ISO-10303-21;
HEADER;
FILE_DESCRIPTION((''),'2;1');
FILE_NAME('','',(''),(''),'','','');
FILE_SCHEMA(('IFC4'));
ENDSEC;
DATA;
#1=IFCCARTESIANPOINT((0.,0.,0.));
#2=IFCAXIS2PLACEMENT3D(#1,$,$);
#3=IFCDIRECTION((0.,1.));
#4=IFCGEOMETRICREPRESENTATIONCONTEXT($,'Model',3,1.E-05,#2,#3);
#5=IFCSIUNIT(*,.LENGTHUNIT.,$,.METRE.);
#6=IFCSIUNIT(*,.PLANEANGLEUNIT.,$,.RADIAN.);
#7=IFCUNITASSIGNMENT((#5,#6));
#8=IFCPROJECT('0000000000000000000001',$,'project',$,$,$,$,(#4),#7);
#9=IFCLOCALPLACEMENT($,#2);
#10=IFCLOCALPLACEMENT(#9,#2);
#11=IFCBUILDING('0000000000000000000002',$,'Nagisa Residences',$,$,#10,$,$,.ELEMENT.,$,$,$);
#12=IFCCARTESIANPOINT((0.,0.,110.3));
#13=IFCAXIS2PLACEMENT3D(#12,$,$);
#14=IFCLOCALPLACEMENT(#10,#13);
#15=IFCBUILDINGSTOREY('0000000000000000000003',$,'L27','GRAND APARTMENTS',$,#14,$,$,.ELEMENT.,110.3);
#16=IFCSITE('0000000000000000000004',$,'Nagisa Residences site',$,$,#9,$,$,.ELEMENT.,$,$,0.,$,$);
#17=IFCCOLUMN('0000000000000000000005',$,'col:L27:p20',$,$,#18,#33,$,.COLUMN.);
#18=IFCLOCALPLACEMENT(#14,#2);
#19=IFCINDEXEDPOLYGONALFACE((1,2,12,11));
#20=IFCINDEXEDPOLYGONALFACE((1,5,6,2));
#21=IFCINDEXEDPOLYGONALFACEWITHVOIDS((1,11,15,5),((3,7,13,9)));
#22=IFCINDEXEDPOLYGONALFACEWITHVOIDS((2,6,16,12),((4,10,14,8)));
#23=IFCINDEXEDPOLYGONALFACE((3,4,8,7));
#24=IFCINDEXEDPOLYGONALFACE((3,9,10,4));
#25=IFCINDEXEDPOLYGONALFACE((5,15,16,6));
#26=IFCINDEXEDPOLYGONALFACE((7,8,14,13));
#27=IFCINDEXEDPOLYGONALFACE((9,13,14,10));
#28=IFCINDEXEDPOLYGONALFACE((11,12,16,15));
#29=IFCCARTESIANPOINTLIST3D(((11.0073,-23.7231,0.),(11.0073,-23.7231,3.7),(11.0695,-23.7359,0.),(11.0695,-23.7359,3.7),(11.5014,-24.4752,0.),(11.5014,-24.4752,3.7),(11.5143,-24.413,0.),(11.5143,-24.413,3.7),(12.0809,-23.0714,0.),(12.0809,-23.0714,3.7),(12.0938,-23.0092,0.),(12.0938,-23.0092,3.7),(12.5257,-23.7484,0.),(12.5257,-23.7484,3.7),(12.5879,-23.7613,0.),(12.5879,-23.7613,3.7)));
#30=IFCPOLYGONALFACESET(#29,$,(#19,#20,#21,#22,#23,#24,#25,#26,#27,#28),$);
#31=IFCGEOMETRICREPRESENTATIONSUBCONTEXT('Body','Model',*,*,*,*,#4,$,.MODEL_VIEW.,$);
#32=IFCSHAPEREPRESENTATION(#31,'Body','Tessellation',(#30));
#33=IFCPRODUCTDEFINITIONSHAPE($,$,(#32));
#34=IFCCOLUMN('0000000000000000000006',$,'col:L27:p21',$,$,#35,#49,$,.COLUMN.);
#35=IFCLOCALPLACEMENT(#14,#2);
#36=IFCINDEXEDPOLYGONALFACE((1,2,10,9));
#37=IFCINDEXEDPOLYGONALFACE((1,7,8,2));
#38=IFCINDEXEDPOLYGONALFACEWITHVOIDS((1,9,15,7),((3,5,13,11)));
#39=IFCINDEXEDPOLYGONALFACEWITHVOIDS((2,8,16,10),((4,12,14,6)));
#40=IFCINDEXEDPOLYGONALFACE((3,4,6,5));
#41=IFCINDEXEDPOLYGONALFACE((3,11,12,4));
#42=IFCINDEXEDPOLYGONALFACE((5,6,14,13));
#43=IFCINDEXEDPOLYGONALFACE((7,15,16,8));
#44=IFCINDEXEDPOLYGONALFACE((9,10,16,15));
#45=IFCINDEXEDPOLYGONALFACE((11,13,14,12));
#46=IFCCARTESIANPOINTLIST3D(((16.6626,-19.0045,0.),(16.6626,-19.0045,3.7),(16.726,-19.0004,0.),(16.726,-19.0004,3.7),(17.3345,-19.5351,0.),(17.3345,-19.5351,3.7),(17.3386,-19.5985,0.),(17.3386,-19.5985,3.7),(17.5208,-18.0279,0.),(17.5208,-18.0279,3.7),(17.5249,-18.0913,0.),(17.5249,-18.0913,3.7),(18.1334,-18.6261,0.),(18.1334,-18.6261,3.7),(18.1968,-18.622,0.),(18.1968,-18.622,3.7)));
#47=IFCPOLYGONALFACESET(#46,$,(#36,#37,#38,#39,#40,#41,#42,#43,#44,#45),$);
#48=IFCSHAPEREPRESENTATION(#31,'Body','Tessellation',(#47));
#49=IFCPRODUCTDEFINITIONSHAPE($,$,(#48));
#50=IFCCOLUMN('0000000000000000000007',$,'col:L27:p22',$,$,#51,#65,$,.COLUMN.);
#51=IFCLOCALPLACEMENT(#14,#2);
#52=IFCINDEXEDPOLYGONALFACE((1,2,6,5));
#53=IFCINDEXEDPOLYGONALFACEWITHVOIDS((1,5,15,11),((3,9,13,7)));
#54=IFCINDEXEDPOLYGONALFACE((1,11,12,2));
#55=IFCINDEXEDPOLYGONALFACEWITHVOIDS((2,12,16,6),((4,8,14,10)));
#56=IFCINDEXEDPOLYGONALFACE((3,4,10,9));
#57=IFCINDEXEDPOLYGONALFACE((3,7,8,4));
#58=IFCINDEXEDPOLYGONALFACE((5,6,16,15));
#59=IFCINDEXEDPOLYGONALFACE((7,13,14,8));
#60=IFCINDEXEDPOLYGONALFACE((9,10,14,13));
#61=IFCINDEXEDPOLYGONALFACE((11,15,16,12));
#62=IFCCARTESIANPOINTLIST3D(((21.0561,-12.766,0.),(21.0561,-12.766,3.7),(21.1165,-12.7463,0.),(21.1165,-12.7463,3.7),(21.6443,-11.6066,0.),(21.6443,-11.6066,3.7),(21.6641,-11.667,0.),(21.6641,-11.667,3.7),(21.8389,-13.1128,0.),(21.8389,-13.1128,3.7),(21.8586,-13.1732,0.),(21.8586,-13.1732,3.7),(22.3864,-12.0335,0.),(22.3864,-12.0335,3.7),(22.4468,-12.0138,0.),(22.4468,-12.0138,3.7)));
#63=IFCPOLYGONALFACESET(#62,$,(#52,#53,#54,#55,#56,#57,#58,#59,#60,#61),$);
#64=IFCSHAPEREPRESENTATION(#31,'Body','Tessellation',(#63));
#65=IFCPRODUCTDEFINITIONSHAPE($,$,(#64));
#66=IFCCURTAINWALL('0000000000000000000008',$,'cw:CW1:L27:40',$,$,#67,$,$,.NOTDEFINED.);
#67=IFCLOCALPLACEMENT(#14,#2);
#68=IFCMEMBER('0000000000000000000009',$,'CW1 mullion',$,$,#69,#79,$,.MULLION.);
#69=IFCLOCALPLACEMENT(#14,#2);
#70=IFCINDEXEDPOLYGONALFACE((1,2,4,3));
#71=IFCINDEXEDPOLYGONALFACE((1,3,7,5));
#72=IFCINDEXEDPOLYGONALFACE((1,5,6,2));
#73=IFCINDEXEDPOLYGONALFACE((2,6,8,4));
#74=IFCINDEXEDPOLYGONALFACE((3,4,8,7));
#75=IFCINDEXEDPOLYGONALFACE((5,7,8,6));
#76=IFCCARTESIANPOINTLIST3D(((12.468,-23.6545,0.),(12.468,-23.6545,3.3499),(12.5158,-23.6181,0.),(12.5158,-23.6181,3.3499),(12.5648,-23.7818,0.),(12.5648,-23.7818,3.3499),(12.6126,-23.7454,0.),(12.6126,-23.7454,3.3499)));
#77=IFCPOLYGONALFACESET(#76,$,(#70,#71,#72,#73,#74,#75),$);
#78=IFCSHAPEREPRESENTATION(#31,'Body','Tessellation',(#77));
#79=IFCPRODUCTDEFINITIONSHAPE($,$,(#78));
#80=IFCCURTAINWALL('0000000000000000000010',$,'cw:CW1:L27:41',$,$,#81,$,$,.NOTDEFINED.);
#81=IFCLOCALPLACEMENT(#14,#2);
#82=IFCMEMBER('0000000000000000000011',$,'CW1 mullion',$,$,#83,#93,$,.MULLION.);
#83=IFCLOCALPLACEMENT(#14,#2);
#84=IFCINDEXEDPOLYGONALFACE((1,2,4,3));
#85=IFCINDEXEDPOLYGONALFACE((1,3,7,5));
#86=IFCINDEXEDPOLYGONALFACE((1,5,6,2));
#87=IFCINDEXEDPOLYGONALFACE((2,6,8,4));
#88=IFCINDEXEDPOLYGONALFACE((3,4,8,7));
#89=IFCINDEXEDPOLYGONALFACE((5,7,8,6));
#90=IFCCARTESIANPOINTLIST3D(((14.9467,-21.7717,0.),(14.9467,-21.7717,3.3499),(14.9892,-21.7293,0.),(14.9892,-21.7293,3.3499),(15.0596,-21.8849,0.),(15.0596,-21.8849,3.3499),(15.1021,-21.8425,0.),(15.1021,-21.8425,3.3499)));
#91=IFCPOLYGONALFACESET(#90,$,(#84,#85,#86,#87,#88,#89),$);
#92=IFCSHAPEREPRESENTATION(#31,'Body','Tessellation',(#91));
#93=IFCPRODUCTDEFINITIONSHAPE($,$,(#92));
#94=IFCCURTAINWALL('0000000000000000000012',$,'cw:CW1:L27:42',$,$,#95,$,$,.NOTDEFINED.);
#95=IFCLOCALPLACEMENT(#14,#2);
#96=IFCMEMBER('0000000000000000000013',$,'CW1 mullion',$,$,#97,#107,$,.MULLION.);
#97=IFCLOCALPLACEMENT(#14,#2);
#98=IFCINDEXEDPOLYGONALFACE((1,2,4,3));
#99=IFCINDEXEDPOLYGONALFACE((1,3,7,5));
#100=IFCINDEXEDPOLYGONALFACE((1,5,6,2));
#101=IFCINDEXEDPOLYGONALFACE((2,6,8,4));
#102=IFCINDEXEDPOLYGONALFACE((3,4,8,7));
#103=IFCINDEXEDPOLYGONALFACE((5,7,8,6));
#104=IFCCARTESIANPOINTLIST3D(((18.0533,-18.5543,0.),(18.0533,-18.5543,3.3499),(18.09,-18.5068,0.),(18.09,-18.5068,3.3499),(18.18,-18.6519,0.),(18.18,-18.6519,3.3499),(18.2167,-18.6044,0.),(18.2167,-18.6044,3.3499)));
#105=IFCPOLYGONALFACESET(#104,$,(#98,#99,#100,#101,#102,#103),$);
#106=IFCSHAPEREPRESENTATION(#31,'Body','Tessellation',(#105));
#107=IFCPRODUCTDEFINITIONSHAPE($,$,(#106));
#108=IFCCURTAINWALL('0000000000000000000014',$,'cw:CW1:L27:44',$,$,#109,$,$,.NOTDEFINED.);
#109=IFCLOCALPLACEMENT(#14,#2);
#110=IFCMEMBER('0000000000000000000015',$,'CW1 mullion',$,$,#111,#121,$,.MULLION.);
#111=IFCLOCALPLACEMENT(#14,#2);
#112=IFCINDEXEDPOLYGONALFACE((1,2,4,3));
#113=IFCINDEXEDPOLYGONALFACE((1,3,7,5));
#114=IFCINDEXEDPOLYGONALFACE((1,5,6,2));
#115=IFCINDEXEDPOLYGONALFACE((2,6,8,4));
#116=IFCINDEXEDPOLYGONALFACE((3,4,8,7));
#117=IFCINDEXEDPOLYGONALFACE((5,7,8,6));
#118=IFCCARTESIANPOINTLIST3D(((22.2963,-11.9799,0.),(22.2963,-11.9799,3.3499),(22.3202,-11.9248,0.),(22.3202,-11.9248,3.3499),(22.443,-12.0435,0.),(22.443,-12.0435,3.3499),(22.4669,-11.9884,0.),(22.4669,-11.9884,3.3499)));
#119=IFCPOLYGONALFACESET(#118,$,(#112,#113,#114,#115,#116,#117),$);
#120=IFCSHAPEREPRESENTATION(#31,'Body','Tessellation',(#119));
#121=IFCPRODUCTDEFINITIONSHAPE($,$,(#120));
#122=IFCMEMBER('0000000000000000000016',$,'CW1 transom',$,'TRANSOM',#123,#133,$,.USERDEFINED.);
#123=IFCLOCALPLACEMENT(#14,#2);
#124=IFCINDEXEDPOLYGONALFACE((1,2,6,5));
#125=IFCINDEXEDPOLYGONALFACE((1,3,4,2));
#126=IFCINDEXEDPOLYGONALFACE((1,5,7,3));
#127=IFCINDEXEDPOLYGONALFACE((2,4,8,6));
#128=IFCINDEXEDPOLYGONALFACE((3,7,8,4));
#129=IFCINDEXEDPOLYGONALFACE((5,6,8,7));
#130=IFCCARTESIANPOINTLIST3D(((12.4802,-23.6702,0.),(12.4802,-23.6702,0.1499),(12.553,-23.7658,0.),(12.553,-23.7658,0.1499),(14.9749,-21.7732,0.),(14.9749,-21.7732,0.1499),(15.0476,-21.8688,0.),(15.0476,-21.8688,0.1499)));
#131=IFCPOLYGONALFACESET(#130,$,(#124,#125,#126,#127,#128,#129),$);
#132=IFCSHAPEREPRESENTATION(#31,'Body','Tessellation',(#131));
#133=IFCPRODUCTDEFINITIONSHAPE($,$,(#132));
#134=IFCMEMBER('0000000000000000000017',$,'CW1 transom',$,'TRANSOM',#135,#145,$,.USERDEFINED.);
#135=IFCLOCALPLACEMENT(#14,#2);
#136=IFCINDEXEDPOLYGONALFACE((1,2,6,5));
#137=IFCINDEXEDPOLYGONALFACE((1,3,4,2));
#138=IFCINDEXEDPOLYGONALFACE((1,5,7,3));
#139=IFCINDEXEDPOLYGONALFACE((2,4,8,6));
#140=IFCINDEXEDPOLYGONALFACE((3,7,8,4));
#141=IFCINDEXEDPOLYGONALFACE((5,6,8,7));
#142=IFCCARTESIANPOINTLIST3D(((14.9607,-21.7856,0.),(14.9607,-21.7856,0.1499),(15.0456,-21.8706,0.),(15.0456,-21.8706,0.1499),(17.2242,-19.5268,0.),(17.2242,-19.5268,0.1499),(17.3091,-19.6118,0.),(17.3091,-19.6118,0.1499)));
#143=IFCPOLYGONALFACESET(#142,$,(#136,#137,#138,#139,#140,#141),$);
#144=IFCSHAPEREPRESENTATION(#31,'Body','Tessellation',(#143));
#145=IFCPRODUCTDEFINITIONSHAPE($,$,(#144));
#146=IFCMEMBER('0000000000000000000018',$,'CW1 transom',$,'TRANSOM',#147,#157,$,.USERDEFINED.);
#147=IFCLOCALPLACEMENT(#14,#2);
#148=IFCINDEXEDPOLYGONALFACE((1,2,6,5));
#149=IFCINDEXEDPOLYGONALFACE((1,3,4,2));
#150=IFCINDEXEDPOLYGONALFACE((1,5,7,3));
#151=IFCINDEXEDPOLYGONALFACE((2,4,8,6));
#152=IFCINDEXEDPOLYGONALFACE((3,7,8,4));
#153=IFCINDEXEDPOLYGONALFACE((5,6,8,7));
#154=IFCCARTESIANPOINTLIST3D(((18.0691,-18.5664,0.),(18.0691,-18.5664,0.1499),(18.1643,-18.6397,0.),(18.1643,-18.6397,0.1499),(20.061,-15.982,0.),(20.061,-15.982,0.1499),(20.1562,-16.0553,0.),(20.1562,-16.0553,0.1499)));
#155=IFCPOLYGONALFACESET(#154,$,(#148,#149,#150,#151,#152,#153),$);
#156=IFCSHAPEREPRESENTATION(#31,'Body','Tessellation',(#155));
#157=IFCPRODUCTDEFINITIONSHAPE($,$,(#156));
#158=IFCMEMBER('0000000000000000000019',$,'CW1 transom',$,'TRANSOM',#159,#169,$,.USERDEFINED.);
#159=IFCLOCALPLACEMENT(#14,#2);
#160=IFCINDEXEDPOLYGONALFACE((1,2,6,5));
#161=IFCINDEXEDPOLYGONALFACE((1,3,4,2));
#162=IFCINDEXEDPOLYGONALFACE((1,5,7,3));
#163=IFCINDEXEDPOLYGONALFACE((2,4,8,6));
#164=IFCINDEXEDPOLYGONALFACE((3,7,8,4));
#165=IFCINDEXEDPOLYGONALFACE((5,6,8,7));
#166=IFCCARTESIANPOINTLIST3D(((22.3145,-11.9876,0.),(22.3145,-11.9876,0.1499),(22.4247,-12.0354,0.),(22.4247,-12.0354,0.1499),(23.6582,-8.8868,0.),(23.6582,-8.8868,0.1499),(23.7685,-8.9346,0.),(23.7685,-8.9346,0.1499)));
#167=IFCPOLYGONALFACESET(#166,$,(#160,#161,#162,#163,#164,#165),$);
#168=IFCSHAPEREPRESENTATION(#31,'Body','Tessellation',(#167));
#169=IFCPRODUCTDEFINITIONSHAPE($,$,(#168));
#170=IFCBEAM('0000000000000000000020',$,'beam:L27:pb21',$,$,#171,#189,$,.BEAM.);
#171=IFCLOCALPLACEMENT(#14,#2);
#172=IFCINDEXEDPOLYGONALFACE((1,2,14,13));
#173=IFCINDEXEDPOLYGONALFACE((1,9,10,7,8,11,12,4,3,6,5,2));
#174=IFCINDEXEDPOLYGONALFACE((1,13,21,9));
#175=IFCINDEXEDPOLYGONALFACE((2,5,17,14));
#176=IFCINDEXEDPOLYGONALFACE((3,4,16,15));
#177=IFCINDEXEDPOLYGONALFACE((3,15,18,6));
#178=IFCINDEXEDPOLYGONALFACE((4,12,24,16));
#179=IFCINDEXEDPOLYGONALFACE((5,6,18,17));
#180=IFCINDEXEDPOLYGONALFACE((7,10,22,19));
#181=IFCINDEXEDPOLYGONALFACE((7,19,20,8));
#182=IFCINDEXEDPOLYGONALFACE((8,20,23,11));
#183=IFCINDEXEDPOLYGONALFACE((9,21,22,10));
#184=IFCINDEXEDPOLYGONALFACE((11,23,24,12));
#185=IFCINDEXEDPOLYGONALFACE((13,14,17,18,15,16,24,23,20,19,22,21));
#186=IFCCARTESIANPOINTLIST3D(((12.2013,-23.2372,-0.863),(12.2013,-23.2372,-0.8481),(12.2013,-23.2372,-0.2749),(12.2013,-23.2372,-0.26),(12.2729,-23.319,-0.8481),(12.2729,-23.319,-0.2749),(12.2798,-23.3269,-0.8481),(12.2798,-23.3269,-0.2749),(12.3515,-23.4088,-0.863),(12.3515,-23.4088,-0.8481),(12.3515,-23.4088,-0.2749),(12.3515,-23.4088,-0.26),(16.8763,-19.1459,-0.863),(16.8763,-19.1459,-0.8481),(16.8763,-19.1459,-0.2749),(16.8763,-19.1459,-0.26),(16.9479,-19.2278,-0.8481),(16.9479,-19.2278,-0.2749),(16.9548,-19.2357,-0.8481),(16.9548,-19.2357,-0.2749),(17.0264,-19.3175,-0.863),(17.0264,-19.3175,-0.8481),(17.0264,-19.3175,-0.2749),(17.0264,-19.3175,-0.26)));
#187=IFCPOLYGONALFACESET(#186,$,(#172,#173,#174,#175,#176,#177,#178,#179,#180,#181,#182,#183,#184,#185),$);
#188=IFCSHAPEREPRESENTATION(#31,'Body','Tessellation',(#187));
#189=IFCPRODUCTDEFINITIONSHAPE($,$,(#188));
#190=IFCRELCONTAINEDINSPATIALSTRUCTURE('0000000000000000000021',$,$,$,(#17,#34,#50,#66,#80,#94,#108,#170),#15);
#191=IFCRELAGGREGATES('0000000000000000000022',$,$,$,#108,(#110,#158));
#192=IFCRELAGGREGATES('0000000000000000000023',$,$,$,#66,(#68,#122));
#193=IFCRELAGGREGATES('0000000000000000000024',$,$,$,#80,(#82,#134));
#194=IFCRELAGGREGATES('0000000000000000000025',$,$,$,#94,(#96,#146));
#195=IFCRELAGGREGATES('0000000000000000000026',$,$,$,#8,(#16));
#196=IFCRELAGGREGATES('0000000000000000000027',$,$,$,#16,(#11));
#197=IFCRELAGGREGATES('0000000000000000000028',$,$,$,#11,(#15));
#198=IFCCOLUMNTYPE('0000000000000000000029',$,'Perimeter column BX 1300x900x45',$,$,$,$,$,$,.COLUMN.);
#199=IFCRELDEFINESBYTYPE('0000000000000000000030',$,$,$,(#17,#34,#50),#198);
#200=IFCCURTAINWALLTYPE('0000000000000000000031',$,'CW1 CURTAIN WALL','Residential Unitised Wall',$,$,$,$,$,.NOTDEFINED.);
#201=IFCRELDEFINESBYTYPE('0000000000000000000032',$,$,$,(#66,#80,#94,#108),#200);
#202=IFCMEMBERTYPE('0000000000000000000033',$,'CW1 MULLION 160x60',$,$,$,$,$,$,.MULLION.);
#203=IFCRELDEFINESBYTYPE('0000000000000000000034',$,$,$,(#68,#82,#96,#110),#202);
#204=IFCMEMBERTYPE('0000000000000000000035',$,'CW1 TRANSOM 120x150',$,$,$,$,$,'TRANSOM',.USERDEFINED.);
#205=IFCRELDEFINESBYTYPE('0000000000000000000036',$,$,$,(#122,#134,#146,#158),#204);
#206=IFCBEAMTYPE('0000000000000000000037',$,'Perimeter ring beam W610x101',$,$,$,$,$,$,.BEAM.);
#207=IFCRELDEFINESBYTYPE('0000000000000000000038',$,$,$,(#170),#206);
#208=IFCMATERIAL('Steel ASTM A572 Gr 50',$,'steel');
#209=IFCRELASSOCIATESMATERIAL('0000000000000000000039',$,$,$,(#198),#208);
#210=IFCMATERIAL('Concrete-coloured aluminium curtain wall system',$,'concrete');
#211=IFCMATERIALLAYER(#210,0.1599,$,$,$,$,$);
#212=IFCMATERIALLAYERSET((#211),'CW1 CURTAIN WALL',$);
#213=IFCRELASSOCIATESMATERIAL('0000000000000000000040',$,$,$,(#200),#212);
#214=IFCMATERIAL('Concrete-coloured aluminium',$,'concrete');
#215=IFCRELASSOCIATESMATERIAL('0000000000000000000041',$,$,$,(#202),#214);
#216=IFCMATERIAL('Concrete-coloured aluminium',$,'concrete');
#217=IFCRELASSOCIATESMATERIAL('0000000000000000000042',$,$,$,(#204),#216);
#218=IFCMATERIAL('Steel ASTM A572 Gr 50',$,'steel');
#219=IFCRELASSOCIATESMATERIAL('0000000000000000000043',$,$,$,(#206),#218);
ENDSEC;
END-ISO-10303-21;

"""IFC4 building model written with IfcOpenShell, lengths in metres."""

from ifc_helpers import new_model, si_unit, direction, frame, origin, origin_2d, place, context, subcontext, project, spatial, rectangle, hollow_rectangle, i_section, extrude, material, layer, layer_set, material_profile, profile_set, type_object, element, aggregate, save


model = new_model("IFC4")

# Units and contexts
model_context = context("Model", 3, precision=1e-05, world=origin(), true_north=direction((0.0, 1.0)))
body_context = subcontext(model_context, "Body", "Model", "MODEL_VIEW")
ifc_project = project(units=[si_unit("LENGTHUNIT", "METRE"), si_unit("PLANEANGLEUNIT", "RADIAN")], contexts=[model_context])

# Site, building, storey
site_placement = place(None, origin())
site = spatial("IfcSite", under=ifc_project, at=site_placement, Name="Nagisa Residences site", CompositionType="ELEMENT", RefElevation=0.0)
building_placement = place(site_placement, origin())
building = spatial("IfcBuilding", under=site, at=building_placement, Name="Nagisa Residences", CompositionType="ELEMENT")
storey_placement = place(building_placement, frame((0.0, 0.0, 110.3)))
storey = spatial("IfcBuildingStorey", under=building, at=storey_placement, Name="L27", Description="GRAND APARTMENTS", CompositionType="ELEMENT", Elevation=110.3)

# Columns
ifc_material_1 = material(Name="Steel ASTM A572 Gr 50", Category="steel")
ifc_material_profile_1 = material_profile(ifc_material_1, hollow_rectangle(XDim=1.3, YDim=0.8999, WallThickness=0.0449, at=origin_2d()), Name="BX 1300x900x45")
ifc_profile_set_1 = profile_set([ifc_material_profile_1], Name="Steel ASTM A572 Gr 50")
column_type = type_object("IfcColumnType", Name="Perimeter column BX 1300x900x45", PredefinedType="COLUMN", material=ifc_profile_set_1)
for number, where, z_axis, x_axis, name in (
    (1, (11.7976, -23.7422, 0.0), (0.0, 0.0, 1.0), (0.835766, 0.549086, 0.0), "col:L27:p20"),
    (2, (17.4297, -18.8132, 0.0), (0.0, 0.0, 1.0), (0.660115, 0.751165, 0.0), "col:L27:p21"),
    (3, (21.7515, -12.3899, 0.0), (0.0, 0.0, 1.0), (0.452463, 0.891783, 0.0), "col:L27:p22"),
):
    element("IfcColumn", number, at=place(storey_placement, frame(where, z_axis=z_axis, x_axis=x_axis)), inside=storey, type_object=column_type, Name=name, PredefinedType="COLUMN", context=body_context, shape_type="SweptSolid", body=[
        extrude(hollow_rectangle(XDim=1.3, YDim=0.8999, WallThickness=0.0449, at=origin_2d()), origin(), (0.0, 0.0, 1.0), 3.7),
    ])

# Curtain walls, members
ifc_material_2 = material(Name="Concrete-coloured aluminium curtain wall system", Category="concrete")
ifc_layer_1 = layer(ifc_material_2, 0.1599)
ifc_layer_set_1 = layer_set([ifc_layer_1], Name="CW1 CURTAIN WALL")
curtain_wall_type = type_object("IfcCurtainWallType", Name="CW1 CURTAIN WALL", Description="Residential Unitised Wall", PredefinedType="NOTDEFINED", material=ifc_layer_set_1)
curtain_wall_1_placement = place(storey_placement, origin())
curtain_wall_1 = element("IfcCurtainWall", 4, at=curtain_wall_1_placement, inside=storey, type_object=curtain_wall_type, Name="cw:CW1:L27:40", PredefinedType="NOTDEFINED")
ifc_material_3 = material(Name="Concrete-coloured aluminium", Category="concrete")
ifc_material_profile_2 = material_profile(ifc_material_3, rectangle(XDim=0.1599, YDim=0.0601, at=origin_2d()), Name="CW1 MULLION 160x60")
ifc_profile_set_2 = profile_set([ifc_material_profile_2], Name="Concrete-coloured aluminium")
member_type_1 = type_object("IfcMemberType", Name="CW1 MULLION 160x60", PredefinedType="MULLION", material=ifc_profile_set_2)
member_1_placement = place(storey_placement, frame((12.5403, -23.7, 0.0), z_axis=(0.0, 0.0, 1.0), x_axis=(-0.605255, 0.796031, 0.0)))
member_1 = element("IfcMember", 5, at=member_1_placement, type_object=member_type_1, Name="CW1 mullion", PredefinedType="MULLION", context=body_context, shape_type="SweptSolid", body=[
    extrude(rectangle(XDim=0.1599, YDim=0.0601, at=origin_2d()), origin(), (0.0, 0.0, 1.0), 3.3499),
])
curtain_wall_2_placement = place(storey_placement, origin())
curtain_wall_2 = element("IfcCurtainWall", 6, at=curtain_wall_2_placement, inside=storey, type_object=curtain_wall_type, Name="cw:CW1:L27:41", PredefinedType="NOTDEFINED")
member_2_placement = place(storey_placement, frame((15.0244, -21.8071, 0.0), z_axis=(0.0, 0.0, 1.0), x_axis=(-0.706377, 0.707836, 0.0)))
member_2 = element("IfcMember", 7, at=member_2_placement, type_object=member_type_1, Name="CW1 mullion", PredefinedType="MULLION", context=body_context, shape_type="SweptSolid", body=[
    extrude(rectangle(XDim=0.1599, YDim=0.0601, at=origin_2d()), origin(), (0.0, 0.0, 1.0), 3.3499),
])
curtain_wall_3_placement = place(storey_placement, origin())
curtain_wall_3 = element("IfcCurtainWall", 8, at=curtain_wall_3_placement, inside=storey, type_object=curtain_wall_type, Name="cw:CW1:L27:42", PredefinedType="NOTDEFINED")
member_3_placement = place(storey_placement, frame((18.135, -18.5793, 0.0), z_axis=(0.0, 0.0, 1.0), x_axis=(-0.79207, 0.61043, 0.0)))
member_3 = element("IfcMember", 9, at=member_3_placement, type_object=member_type_1, Name="CW1 mullion", PredefinedType="MULLION", context=body_context, shape_type="SweptSolid", body=[
    extrude(rectangle(XDim=0.1599, YDim=0.0601, at=origin_2d()), origin(), (0.0, 0.0, 1.0), 3.3499),
])
curtain_wall_4_placement = place(storey_placement, origin())
curtain_wall_4 = element("IfcCurtainWall", 10, at=curtain_wall_4_placement, inside=storey, type_object=curtain_wall_type, Name="cw:CW1:L27:44", PredefinedType="NOTDEFINED")
member_4_placement = place(storey_placement, frame((22.3816, -11.9841, 0.0), z_axis=(0.0, 0.0, 1.0), x_axis=(-0.917543, 0.397636, 0.0)))
member_4 = element("IfcMember", 11, at=member_4_placement, type_object=member_type_1, Name="CW1 mullion", PredefinedType="MULLION", context=body_context, shape_type="SweptSolid", body=[
    extrude(rectangle(XDim=0.1599, YDim=0.0601, at=origin_2d()), origin(), (0.0, 0.0, 1.0), 3.3499),
])

# Members
ifc_material_4 = material(Name="Concrete-coloured aluminium", Category="concrete")
ifc_material_profile_3 = material_profile(ifc_material_4, rectangle(XDim=0.1201, YDim=0.1499, at=origin_2d()), Name="CW1 TRANSOM 120x150")
ifc_profile_set_3 = profile_set([ifc_material_profile_3], Name="Concrete-coloured aluminium")
member_type_2 = type_object("IfcMemberType", Name="CW1 TRANSOM 120x150", ElementType="TRANSOM", PredefinedType="USERDEFINED", material=ifc_profile_set_3)
member_5_placement = place(storey_placement, frame((12.5166, -23.718, 0.075), z_axis=(0.796, 0.605297, 0.0), x_axis=(-0.605297, 0.796, 0.0)))
member_5 = element("IfcMember", 12, at=member_5_placement, type_object=member_type_2, Name="CW1 transom", ObjectType="TRANSOM", PredefinedType="USERDEFINED", context=body_context, shape_type="SweptSolid", body=[
    extrude(rectangle(XDim=0.1201, YDim=0.1499, at=origin_2d()), origin(), (0.0, 0.0, 1.0), 3.134),
])
member_6_placement = place(storey_placement, frame((15.0032, -21.8281, 0.075), z_axis=(0.707832, 0.706381, 0.0), x_axis=(-0.706381, 0.707832, 0.0)))
member_6 = element("IfcMember", 13, at=member_6_placement, type_object=member_type_2, Name="CW1 transom", ObjectType="TRANSOM", PredefinedType="USERDEFINED", context=body_context, shape_type="SweptSolid", body=[
    extrude(rectangle(XDim=0.1201, YDim=0.1499, at=origin_2d()), origin(), (0.0, 0.0, 1.0), 3.1978),
])
member_7_placement = place(storey_placement, frame((18.1167, -18.603, 0.075), z_axis=(0.610459, 0.792048, 0.0), x_axis=(-0.792048, 0.610459, 0.0)))
member_7 = element("IfcMember", 14, at=member_7_placement, type_object=member_type_2, Name="CW1 transom", ObjectType="TRANSOM", PredefinedType="USERDEFINED", context=body_context, shape_type="SweptSolid", body=[
    extrude(rectangle(XDim=0.1201, YDim=0.1499, at=origin_2d()), origin(), (0.0, 0.0, 1.0), 3.2629),
])
member_8_placement = place(storey_placement, frame((22.3696, -12.0115, 0.075), z_axis=(0.397622, 0.917549, 0.0), x_axis=(-0.917549, 0.397622, 0.0)))
member_8 = element("IfcMember", 15, at=member_8_placement, type_object=member_type_2, Name="CW1 transom", ObjectType="TRANSOM", PredefinedType="USERDEFINED", context=body_context, shape_type="SweptSolid", body=[
    extrude(rectangle(XDim=0.1201, YDim=0.1499, at=origin_2d()), origin(), (0.0, 0.0, 1.0), 3.3794),
])
aggregate(curtain_wall_4, [member_4, member_8])

# Beam
ifc_material_5 = material(Name="Steel ASTM A572 Gr 50", Category="steel")
ifc_material_profile_4 = material_profile(ifc_material_5, i_section(OverallWidth=0.228, OverallDepth=0.603, WebThickness=0.0105, FlangeThickness=0.0149, at=origin_2d()), Name="W610x101")
ifc_profile_set_4 = profile_set([ifc_material_profile_4], Name="Steel ASTM A572 Gr 50")
beam_type_1 = type_object("IfcBeamType", Name="Perimeter ring beam W610x101", PredefinedType="BEAM", material=ifc_profile_set_4)
beam_1_placement = place(storey_placement, frame((12.2764, -23.323, -0.5615), z_axis=(0.752526, 0.658563, 0.0), x_axis=(-0.658563, 0.752526, 0.0)))
element("IfcBeam", 16, at=beam_1_placement, inside=storey, type_object=beam_type_1, Name="beam:L27:pb21", PredefinedType="BEAM", context=body_context, shape_type="SweptSolid", body=[
    extrude(i_section(OverallWidth=0.228, OverallDepth=0.603, WebThickness=0.0105, FlangeThickness=0.0149, at=origin_2d()), origin(), (0.0, 0.0, 1.0), 6.2124),
])

aggregate(curtain_wall_1, [member_1, member_5])
aggregate(curtain_wall_2, [member_2, member_6])
aggregate(curtain_wall_3, [member_3, member_7])

save(model, "model.ifc")
